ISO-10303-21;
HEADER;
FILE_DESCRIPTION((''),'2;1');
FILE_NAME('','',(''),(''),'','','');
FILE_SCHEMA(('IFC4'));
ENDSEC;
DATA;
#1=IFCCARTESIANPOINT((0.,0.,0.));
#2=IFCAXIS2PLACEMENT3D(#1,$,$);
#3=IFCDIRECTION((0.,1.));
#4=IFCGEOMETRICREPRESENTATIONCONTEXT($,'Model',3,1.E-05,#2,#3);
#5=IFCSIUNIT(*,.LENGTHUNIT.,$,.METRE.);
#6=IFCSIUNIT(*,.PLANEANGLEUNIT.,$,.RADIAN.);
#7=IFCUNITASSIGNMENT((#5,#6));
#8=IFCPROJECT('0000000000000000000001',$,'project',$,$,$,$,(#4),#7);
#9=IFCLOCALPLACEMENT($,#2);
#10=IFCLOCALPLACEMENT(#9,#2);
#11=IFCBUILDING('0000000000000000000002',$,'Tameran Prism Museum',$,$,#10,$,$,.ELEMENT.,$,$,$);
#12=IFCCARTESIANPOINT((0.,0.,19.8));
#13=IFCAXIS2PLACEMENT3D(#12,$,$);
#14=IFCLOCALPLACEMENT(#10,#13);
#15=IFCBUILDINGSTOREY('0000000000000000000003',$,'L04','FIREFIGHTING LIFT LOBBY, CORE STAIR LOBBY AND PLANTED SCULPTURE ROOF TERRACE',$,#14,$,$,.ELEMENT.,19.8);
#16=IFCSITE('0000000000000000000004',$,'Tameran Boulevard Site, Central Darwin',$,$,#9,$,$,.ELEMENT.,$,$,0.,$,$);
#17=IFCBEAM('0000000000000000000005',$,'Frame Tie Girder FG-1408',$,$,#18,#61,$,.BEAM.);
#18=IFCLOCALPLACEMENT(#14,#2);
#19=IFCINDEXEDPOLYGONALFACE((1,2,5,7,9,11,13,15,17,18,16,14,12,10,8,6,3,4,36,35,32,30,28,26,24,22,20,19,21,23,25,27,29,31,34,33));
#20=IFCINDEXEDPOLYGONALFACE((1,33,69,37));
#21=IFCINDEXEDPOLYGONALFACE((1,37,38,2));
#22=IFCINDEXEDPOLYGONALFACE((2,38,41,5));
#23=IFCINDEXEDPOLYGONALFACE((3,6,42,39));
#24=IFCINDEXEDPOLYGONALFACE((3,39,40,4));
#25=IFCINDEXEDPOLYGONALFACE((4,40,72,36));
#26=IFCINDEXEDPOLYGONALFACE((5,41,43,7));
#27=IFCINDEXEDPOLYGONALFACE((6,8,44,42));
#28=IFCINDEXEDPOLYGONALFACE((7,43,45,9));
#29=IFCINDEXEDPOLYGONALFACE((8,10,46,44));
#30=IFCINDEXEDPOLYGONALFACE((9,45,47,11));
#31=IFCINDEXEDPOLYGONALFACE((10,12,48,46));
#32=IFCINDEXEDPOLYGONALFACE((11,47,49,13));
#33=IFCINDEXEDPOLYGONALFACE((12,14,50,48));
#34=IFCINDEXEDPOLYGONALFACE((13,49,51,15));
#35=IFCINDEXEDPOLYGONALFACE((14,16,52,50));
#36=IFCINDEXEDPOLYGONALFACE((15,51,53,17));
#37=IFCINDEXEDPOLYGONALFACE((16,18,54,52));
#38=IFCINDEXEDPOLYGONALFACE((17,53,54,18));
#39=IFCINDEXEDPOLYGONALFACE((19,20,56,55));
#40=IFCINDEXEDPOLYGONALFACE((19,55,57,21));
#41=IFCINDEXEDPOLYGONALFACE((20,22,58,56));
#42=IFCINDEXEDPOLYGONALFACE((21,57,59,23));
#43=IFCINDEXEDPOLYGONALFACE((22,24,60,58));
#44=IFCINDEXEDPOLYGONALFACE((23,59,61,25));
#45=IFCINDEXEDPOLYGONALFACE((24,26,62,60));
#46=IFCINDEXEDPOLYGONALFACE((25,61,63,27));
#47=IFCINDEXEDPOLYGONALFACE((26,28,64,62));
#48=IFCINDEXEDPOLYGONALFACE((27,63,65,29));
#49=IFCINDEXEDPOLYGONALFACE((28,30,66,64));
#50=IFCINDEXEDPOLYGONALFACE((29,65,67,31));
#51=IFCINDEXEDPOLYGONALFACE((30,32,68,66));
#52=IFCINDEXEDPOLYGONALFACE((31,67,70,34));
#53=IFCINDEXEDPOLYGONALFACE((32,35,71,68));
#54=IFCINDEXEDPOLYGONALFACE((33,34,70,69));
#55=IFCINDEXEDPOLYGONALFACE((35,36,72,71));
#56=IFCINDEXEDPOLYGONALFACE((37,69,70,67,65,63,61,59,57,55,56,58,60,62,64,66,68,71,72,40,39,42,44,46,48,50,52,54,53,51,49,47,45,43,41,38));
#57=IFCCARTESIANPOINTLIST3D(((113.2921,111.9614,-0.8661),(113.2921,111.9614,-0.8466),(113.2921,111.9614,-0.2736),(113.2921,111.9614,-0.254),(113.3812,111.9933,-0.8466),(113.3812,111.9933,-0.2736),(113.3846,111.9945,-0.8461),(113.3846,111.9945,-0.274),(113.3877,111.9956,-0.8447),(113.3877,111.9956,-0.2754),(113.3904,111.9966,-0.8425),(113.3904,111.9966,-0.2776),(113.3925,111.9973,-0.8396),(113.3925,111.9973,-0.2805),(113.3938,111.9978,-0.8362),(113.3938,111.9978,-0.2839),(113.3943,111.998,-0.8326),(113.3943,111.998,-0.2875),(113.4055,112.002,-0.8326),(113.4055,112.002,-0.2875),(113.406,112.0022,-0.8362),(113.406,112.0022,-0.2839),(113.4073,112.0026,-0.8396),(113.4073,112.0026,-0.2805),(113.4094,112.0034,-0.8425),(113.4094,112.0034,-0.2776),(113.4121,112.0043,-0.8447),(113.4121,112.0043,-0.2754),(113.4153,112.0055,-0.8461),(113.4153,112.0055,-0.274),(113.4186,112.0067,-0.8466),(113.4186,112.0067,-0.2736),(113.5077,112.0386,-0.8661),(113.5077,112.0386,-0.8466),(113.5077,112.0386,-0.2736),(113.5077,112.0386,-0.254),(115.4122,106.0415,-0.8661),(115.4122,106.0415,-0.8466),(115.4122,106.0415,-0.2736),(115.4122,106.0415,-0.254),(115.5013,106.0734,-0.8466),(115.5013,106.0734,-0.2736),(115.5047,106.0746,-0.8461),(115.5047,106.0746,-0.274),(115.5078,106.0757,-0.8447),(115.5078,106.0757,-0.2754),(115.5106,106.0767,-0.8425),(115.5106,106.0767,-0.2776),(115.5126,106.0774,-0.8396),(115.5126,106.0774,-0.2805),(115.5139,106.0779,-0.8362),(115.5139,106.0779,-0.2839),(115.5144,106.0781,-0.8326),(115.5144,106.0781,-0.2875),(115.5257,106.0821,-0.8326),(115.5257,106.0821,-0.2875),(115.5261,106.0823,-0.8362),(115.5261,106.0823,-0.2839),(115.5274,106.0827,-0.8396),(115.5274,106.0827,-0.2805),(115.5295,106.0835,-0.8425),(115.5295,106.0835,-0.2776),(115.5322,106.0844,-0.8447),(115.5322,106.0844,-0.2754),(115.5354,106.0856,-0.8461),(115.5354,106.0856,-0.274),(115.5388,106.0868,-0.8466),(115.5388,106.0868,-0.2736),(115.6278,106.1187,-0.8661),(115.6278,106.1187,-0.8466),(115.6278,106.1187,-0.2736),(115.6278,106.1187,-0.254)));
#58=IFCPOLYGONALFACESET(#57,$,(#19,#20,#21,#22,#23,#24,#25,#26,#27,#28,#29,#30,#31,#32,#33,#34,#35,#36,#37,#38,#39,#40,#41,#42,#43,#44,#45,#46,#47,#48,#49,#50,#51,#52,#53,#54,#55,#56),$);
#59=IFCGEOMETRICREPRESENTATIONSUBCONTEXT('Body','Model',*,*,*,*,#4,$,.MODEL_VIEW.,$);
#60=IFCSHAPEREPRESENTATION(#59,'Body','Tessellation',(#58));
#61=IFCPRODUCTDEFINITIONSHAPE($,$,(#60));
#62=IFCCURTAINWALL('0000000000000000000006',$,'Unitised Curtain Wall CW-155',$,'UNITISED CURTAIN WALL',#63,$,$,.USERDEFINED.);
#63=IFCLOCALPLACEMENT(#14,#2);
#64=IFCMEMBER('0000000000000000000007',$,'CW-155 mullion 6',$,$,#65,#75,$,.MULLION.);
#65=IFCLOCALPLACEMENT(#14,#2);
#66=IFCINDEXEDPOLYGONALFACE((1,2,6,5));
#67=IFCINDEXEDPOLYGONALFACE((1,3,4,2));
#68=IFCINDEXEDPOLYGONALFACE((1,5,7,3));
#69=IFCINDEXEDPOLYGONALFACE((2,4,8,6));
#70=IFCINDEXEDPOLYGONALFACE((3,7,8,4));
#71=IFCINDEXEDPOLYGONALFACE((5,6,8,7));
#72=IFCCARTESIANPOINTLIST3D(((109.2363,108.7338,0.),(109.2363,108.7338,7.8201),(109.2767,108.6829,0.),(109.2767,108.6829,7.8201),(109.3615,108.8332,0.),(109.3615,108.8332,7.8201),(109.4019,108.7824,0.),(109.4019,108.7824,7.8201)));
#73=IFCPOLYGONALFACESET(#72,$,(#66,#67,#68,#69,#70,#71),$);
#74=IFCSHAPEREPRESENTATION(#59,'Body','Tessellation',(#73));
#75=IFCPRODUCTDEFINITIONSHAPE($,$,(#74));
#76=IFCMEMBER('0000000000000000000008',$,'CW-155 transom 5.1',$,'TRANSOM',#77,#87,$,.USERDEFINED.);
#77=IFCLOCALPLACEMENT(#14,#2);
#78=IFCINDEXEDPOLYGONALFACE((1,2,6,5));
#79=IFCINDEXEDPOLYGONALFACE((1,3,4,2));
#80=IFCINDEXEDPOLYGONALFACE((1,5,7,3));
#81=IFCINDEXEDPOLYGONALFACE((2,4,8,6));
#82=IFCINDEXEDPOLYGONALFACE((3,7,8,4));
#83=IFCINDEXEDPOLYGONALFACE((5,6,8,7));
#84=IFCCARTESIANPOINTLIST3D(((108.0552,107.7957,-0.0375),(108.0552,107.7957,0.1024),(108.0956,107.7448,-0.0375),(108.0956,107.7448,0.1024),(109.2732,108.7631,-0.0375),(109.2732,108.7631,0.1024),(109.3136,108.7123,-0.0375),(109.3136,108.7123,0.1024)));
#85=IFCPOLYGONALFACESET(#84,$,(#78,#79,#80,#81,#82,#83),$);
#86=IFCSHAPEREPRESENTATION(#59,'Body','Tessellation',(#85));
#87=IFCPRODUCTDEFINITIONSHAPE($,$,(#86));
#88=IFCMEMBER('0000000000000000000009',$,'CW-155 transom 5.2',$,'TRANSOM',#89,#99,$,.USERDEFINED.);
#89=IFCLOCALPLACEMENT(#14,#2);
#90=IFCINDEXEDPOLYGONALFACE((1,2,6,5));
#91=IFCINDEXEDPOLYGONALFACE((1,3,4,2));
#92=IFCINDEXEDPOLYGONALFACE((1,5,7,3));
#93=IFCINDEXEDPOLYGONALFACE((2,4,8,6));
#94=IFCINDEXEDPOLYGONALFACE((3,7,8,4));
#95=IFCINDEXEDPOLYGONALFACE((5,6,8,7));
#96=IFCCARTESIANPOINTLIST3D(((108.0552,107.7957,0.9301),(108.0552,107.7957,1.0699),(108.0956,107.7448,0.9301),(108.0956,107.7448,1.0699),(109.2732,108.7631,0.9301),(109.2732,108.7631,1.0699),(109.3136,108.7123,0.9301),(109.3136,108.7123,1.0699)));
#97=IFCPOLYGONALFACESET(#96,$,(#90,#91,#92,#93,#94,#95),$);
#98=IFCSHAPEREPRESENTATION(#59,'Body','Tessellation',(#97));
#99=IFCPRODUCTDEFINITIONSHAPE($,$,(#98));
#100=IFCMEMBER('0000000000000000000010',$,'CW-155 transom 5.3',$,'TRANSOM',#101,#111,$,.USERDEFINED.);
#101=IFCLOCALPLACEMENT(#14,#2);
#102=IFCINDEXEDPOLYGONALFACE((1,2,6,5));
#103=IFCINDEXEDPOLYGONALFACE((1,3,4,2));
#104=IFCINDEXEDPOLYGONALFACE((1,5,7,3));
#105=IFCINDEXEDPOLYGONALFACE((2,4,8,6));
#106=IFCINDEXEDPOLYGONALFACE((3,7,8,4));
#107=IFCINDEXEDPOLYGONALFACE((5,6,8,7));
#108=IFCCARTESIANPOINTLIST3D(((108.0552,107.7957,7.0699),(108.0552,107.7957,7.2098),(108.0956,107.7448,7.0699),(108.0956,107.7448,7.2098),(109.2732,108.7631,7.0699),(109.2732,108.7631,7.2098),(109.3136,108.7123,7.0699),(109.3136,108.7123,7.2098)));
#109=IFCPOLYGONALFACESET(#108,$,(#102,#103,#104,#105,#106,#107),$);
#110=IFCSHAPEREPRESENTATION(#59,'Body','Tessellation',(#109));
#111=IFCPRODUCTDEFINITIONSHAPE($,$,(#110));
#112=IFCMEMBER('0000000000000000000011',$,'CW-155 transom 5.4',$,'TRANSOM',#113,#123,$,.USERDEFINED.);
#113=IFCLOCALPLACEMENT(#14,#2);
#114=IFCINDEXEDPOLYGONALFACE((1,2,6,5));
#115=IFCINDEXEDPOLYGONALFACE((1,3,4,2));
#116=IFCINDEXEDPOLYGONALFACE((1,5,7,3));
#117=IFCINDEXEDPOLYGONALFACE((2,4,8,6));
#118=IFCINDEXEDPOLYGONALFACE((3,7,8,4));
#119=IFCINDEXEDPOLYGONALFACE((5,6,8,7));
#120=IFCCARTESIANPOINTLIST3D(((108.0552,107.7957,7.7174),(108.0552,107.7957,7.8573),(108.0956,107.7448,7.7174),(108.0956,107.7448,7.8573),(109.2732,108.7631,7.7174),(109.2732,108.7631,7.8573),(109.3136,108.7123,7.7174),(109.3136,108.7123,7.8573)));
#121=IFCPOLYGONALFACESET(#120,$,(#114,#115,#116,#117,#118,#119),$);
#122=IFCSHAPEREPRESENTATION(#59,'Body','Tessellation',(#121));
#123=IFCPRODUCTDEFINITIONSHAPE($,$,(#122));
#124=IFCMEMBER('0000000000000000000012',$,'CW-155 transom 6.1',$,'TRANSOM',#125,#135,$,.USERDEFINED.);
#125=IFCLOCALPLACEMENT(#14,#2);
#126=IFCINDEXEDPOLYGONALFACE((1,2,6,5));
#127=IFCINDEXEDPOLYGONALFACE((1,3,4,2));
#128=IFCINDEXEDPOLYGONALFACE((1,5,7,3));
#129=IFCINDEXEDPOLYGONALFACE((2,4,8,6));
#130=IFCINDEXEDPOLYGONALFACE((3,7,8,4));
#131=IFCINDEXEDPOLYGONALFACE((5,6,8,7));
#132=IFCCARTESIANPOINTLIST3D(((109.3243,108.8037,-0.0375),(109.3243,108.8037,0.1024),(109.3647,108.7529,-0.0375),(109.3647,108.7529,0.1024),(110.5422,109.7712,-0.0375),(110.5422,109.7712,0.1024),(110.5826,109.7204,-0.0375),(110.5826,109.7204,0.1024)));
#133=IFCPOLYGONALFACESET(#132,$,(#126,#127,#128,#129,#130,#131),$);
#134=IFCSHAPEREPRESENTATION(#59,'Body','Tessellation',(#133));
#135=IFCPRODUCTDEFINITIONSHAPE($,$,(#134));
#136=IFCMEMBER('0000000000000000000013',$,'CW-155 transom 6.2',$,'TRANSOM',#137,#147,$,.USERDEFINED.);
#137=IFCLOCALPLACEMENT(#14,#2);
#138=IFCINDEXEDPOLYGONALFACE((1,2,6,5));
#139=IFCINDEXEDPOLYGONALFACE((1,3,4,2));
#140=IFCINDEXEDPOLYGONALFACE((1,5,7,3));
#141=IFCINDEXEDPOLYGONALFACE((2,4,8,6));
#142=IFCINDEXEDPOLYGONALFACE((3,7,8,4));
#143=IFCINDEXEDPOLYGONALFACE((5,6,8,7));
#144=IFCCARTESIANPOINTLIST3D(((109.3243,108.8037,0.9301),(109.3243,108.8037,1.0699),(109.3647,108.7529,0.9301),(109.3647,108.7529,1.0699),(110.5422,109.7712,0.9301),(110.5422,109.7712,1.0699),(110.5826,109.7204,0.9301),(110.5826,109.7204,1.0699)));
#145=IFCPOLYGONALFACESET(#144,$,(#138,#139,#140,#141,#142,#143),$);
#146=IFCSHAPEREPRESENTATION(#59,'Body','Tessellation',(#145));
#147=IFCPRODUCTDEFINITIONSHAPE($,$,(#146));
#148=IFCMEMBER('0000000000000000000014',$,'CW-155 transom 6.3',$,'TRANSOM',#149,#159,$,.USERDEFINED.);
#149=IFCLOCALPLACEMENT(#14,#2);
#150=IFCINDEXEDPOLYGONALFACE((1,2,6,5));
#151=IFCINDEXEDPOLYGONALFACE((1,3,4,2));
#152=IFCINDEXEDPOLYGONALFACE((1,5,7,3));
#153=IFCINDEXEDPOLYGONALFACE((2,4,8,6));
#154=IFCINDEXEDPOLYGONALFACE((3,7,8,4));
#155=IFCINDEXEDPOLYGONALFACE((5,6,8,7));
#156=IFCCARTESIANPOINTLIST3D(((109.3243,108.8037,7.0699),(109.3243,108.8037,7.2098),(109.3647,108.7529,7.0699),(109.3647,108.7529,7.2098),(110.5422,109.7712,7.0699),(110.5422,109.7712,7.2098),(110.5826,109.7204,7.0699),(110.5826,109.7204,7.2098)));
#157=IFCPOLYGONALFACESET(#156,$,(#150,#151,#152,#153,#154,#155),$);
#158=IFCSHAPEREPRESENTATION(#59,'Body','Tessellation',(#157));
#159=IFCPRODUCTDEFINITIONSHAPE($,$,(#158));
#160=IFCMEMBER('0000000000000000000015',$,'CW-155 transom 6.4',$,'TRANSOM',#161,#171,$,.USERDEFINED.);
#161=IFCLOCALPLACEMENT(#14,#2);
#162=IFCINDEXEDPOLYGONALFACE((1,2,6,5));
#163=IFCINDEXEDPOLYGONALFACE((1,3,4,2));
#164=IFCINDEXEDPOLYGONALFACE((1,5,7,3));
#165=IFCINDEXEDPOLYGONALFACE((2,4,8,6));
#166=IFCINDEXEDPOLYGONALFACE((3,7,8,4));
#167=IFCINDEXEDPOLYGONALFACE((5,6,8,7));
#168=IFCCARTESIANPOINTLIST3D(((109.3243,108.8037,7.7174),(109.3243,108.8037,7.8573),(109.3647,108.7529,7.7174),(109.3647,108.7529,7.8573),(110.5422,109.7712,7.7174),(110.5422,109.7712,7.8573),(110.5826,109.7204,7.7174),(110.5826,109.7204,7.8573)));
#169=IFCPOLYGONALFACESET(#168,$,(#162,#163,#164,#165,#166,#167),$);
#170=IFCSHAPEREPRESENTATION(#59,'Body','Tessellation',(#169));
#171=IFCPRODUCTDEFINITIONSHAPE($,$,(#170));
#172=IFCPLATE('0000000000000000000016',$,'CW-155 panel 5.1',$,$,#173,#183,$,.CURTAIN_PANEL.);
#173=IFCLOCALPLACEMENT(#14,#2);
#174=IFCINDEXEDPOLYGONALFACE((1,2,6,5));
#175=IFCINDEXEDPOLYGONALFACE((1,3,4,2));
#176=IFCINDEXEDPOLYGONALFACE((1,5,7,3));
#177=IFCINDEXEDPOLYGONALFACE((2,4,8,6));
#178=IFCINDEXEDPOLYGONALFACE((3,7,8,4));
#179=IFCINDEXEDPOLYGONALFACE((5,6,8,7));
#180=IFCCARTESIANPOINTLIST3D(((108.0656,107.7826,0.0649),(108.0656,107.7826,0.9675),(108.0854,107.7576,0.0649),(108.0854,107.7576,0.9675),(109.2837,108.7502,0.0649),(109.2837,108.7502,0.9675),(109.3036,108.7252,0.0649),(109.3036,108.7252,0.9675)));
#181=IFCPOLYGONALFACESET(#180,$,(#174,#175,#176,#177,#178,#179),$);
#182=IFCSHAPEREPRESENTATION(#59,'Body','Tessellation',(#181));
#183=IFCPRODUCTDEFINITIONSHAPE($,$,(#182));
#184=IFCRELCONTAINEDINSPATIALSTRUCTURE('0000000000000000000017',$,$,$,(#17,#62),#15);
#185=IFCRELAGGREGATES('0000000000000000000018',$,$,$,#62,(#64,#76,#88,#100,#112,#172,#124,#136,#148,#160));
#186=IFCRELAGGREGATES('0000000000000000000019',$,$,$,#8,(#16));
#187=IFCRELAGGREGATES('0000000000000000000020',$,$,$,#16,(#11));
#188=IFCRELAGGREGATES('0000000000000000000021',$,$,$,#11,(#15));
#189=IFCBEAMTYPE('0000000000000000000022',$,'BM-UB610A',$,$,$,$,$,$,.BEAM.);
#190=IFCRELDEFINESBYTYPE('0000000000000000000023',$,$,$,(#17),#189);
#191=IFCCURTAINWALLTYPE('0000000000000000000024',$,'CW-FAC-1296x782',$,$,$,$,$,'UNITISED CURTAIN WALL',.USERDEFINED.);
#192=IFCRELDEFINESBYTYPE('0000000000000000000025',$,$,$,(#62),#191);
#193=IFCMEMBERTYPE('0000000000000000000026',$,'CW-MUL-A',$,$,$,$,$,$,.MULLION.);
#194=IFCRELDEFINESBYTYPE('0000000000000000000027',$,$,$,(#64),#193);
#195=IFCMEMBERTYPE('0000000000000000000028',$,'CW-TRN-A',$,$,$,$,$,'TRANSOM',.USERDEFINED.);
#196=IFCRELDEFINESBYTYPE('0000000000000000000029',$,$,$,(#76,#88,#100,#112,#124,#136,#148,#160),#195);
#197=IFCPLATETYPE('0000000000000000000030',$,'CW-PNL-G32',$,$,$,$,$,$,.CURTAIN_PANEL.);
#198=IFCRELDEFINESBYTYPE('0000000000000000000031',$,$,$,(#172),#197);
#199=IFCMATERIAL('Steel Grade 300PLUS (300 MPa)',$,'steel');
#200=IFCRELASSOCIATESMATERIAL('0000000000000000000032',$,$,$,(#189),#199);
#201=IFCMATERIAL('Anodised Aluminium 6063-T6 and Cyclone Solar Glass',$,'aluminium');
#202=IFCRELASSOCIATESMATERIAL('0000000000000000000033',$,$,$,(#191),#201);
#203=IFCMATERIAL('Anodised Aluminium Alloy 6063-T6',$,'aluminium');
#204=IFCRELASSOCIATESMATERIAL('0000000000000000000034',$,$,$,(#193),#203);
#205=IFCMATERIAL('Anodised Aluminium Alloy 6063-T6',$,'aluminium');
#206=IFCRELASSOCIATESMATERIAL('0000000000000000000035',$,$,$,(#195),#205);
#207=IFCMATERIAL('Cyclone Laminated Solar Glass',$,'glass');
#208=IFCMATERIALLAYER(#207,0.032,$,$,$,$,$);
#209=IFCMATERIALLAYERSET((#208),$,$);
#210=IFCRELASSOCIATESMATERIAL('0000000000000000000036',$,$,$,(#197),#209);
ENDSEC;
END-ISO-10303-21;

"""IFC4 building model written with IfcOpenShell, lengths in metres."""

from ifc_helpers import new_model, si_unit, direction, frame, origin, origin_2d, place, context, subcontext, project, spatial, rectangle, i_section, extrude, material, layer, layer_set, material_profile, profile_set, type_object, element, aggregate, save


model = new_model("IFC4")

# Units and contexts
model_context = context("Model", 3, precision=1e-05, world=origin(), true_north=direction((0.0, 1.0)))
body_context = subcontext(model_context, "Body", "Model", "MODEL_VIEW")
ifc_project = project(units=[si_unit("LENGTHUNIT", "METRE"), si_unit("PLANEANGLEUNIT", "RADIAN")], contexts=[model_context])

# Site, building, storey
site_placement = place(None, origin())
site = spatial("IfcSite", under=ifc_project, at=site_placement, Name="Tameran Boulevard Site, Central Darwin", CompositionType="ELEMENT", RefElevation=0.0)
building_placement = place(site_placement, origin())
building = spatial("IfcBuilding", under=site, at=building_placement, Name="Tameran Prism Museum", CompositionType="ELEMENT")
storey_placement = place(building_placement, frame((0.0, 0.0, 19.8)))
storey = spatial("IfcBuildingStorey", under=building, at=storey_placement, Name="L04", Description="FIREFIGHTING LIFT LOBBY, CORE STAIR LOBBY AND PLANTED SCULPTURE ROOF TERRACE", CompositionType="ELEMENT", Elevation=19.8)

# Beam
ifc_material_1 = material(Name="Steel Grade 300PLUS (300 MPa)", Category="steel")
ifc_material_profile_1 = material_profile(ifc_material_1, i_section(OverallWidth=0.229, OverallDepth=0.6121, WebThickness=0.012, FlangeThickness=0.0195, FilletRadius=0.0139, at=origin_2d()))
ifc_profile_set_1 = profile_set([ifc_material_profile_1])
beam_type_1 = type_object("IfcBeamType", Name="BM-UB610A", PredefinedType="BEAM", material=ifc_profile_set_1)
beam_1_placement = place(storey_placement, frame((115.52, 106.0801, -0.5601), z_axis=(-0.337163, 0.941446, 0.0), x_axis=(-0.941446, -0.337163, 0.0)))
element("IfcBeam", 1, at=beam_1_placement, inside=storey, type_object=beam_type_1, Name="Frame Tie Girder FG-1408", PredefinedType="BEAM", context=body_context, shape_type="SweptSolid", body=[
    extrude(i_section(OverallWidth=0.229, OverallDepth=0.6121, WebThickness=0.012, FlangeThickness=0.0195, FilletRadius=0.0139, at=origin_2d()), origin(), (0.0, 0.0, 1.0), 6.2881),
])

# Curtain wall, members, plate
ifc_material_2 = material(Name="Anodised Aluminium 6063-T6 and Cyclone Solar Glass", Category="aluminium")
curtain_wall_type = type_object("IfcCurtainWallType", Name="CW-FAC-1296x782", ElementType="UNITISED CURTAIN WALL", PredefinedType="USERDEFINED", material=ifc_material_2)
curtain_wall_placement = place(storey_placement, origin())
curtain_wall = element("IfcCurtainWall", 2, at=curtain_wall_placement, inside=storey, type_object=curtain_wall_type, Name="Unitised Curtain Wall CW-155", ObjectType="UNITISED CURTAIN WALL", PredefinedType="USERDEFINED")
ifc_material_3 = material(Name="Anodised Aluminium Alloy 6063-T6", Category="aluminium")
ifc_material_profile_2 = material_profile(ifc_material_3, rectangle(XDim=0.0649, YDim=0.1599, at=origin_2d()))
ifc_profile_set_2 = profile_set([ifc_material_profile_2])
member_type_1 = type_object("IfcMemberType", Name="CW-MUL-A", PredefinedType="MULLION", material=ifc_profile_set_2)
member_1_placement = place(storey_placement, frame((109.3191, 108.7581, 0.0), z_axis=(0.0, 0.0, 1.0), x_axis=(-0.621982, 0.783031, 0.0)))
member_1 = element("IfcMember", 3, at=member_1_placement, type_object=member_type_1, Name="CW-155 mullion 6", PredefinedType="MULLION", context=body_context, shape_type="SweptSolid", body=[
    extrude(rectangle(XDim=0.0649, YDim=0.1599, at=origin_2d()), origin(), (0.0, 0.0, 1.0), 7.8201),
])
ifc_material_4 = material(Name="Anodised Aluminium Alloy 6063-T6", Category="aluminium")
ifc_material_profile_3 = material_profile(ifc_material_4, rectangle(XDim=0.0649, YDim=0.1399, at=origin_2d()))
ifc_profile_set_3 = profile_set([ifc_material_profile_3])
member_type_2 = type_object("IfcMemberType", Name="CW-TRN-A", ElementType="TRANSOM", PredefinedType="USERDEFINED", material=ifc_profile_set_3)
member_2_placement = place(storey_placement, frame((108.0754, 107.7703, 0.0325), z_axis=(0.783023, 0.621993, 0.0), x_axis=(-0.621993, 0.783023, 0.0)))
member_2 = element("IfcMember", 4, at=member_2_placement, type_object=member_type_2, Name="CW-155 transom 5.1", ObjectType="TRANSOM", PredefinedType="USERDEFINED", context=body_context, shape_type="SweptSolid", body=[
    extrude(rectangle(XDim=0.0649, YDim=0.1399, at=origin_2d()), origin(), (0.0, 0.0, 1.0), 1.5554),
])
member_3_placement = place(storey_placement, frame((108.0754, 107.7703, 1.0), z_axis=(0.783023, 0.621993, 0.0), x_axis=(-0.621993, 0.783023, 0.0)))
member_3 = element("IfcMember", 5, at=member_3_placement, type_object=member_type_2, Name="CW-155 transom 5.2", ObjectType="TRANSOM", PredefinedType="USERDEFINED", context=body_context, shape_type="SweptSolid", body=[
    extrude(rectangle(XDim=0.0649, YDim=0.1399, at=origin_2d()), origin(), (0.0, 0.0, 1.0), 1.5554),
])
member_4_placement = place(storey_placement, frame((108.0754, 107.7703, 7.1399), z_axis=(0.783023, 0.621993, 0.0), x_axis=(-0.621993, 0.783023, 0.0)))
member_4 = element("IfcMember", 6, at=member_4_placement, type_object=member_type_2, Name="CW-155 transom 5.3", ObjectType="TRANSOM", PredefinedType="USERDEFINED", context=body_context, shape_type="SweptSolid", body=[
    extrude(rectangle(XDim=0.0649, YDim=0.1399, at=origin_2d()), origin(), (0.0, 0.0, 1.0), 1.5554),
])
member_5_placement = place(storey_placement, frame((108.0754, 107.7703, 7.7874), z_axis=(0.783023, 0.621993, 0.0), x_axis=(-0.621993, 0.783023, 0.0)))
member_5 = element("IfcMember", 7, at=member_5_placement, type_object=member_type_2, Name="CW-155 transom 5.4", ObjectType="TRANSOM", PredefinedType="USERDEFINED", context=body_context, shape_type="SweptSolid", body=[
    extrude(rectangle(XDim=0.0649, YDim=0.1399, at=origin_2d()), origin(), (0.0, 0.0, 1.0), 1.5554),
])
member_6_placement = place(storey_placement, frame((109.3445, 108.7783, 0.0325), z_axis=(0.783023, 0.621993, 0.0), x_axis=(-0.621993, 0.783023, 0.0)))
member_6 = element("IfcMember", 8, at=member_6_placement, type_object=member_type_2, Name="CW-155 transom 6.1", ObjectType="TRANSOM", PredefinedType="USERDEFINED", context=body_context, shape_type="SweptSolid", body=[
    extrude(rectangle(XDim=0.0649, YDim=0.1399, at=origin_2d()), origin(), (0.0, 0.0, 1.0), 1.5554),
])
member_7_placement = place(storey_placement, frame((109.3445, 108.7783, 1.0), z_axis=(0.783023, 0.621993, 0.0), x_axis=(-0.621993, 0.783023, 0.0)))
member_7 = element("IfcMember", 9, at=member_7_placement, type_object=member_type_2, Name="CW-155 transom 6.2", ObjectType="TRANSOM", PredefinedType="USERDEFINED", context=body_context, shape_type="SweptSolid", body=[
    extrude(rectangle(XDim=0.0649, YDim=0.1399, at=origin_2d()), origin(), (0.0, 0.0, 1.0), 1.5554),
])
member_8_placement = place(storey_placement, frame((109.3445, 108.7783, 7.1399), z_axis=(0.783023, 0.621993, 0.0), x_axis=(-0.621993, 0.783023, 0.0)))
member_8 = element("IfcMember", 10, at=member_8_placement, type_object=member_type_2, Name="CW-155 transom 6.3", ObjectType="TRANSOM", PredefinedType="USERDEFINED", context=body_context, shape_type="SweptSolid", body=[
    extrude(rectangle(XDim=0.0649, YDim=0.1399, at=origin_2d()), origin(), (0.0, 0.0, 1.0), 1.5554),
])
member_9_placement = place(storey_placement, frame((109.3445, 108.7783, 7.7874), z_axis=(0.783023, 0.621993, 0.0), x_axis=(-0.621993, 0.783023, 0.0)))
member_9 = element("IfcMember", 11, at=member_9_placement, type_object=member_type_2, Name="CW-155 transom 6.4", ObjectType="TRANSOM", PredefinedType="USERDEFINED", context=body_context, shape_type="SweptSolid", body=[
    extrude(rectangle(XDim=0.0649, YDim=0.1399, at=origin_2d()), origin(), (0.0, 0.0, 1.0), 1.5554),
])
ifc_material_5 = material(Name="Cyclone Laminated Solar Glass", Category="glass")
ifc_layer_1 = layer(ifc_material_5, 0.032)
ifc_layer_set_1 = layer_set([ifc_layer_1])
plate_type = type_object("IfcPlateType", Name="CW-PNL-G32", PredefinedType="CURTAIN_PANEL", material=ifc_layer_set_1)
plate_1_placement = place(storey_placement, frame((108.6846, 108.2539, 0.0649), z_axis=(0.0, 0.0, 1.0), x_axis=(0.783031, 0.621982, 0.0)))
plate_1 = element("IfcPlate", 12, at=plate_1_placement, type_object=plate_type, Name="CW-155 panel 5.1", PredefinedType="CURTAIN_PANEL", context=body_context, shape_type="SweptSolid", body=[
    extrude(rectangle(XDim=1.5557, YDim=0.032, at=origin_2d()), origin(), (0.0, 0.0, 1.0), 0.9026),
])
aggregate(curtain_wall, [member_1, member_2, member_3, member_4, member_5, plate_1, member_6, member_7, member_8, member_9])

save(model, "model.ifc")
